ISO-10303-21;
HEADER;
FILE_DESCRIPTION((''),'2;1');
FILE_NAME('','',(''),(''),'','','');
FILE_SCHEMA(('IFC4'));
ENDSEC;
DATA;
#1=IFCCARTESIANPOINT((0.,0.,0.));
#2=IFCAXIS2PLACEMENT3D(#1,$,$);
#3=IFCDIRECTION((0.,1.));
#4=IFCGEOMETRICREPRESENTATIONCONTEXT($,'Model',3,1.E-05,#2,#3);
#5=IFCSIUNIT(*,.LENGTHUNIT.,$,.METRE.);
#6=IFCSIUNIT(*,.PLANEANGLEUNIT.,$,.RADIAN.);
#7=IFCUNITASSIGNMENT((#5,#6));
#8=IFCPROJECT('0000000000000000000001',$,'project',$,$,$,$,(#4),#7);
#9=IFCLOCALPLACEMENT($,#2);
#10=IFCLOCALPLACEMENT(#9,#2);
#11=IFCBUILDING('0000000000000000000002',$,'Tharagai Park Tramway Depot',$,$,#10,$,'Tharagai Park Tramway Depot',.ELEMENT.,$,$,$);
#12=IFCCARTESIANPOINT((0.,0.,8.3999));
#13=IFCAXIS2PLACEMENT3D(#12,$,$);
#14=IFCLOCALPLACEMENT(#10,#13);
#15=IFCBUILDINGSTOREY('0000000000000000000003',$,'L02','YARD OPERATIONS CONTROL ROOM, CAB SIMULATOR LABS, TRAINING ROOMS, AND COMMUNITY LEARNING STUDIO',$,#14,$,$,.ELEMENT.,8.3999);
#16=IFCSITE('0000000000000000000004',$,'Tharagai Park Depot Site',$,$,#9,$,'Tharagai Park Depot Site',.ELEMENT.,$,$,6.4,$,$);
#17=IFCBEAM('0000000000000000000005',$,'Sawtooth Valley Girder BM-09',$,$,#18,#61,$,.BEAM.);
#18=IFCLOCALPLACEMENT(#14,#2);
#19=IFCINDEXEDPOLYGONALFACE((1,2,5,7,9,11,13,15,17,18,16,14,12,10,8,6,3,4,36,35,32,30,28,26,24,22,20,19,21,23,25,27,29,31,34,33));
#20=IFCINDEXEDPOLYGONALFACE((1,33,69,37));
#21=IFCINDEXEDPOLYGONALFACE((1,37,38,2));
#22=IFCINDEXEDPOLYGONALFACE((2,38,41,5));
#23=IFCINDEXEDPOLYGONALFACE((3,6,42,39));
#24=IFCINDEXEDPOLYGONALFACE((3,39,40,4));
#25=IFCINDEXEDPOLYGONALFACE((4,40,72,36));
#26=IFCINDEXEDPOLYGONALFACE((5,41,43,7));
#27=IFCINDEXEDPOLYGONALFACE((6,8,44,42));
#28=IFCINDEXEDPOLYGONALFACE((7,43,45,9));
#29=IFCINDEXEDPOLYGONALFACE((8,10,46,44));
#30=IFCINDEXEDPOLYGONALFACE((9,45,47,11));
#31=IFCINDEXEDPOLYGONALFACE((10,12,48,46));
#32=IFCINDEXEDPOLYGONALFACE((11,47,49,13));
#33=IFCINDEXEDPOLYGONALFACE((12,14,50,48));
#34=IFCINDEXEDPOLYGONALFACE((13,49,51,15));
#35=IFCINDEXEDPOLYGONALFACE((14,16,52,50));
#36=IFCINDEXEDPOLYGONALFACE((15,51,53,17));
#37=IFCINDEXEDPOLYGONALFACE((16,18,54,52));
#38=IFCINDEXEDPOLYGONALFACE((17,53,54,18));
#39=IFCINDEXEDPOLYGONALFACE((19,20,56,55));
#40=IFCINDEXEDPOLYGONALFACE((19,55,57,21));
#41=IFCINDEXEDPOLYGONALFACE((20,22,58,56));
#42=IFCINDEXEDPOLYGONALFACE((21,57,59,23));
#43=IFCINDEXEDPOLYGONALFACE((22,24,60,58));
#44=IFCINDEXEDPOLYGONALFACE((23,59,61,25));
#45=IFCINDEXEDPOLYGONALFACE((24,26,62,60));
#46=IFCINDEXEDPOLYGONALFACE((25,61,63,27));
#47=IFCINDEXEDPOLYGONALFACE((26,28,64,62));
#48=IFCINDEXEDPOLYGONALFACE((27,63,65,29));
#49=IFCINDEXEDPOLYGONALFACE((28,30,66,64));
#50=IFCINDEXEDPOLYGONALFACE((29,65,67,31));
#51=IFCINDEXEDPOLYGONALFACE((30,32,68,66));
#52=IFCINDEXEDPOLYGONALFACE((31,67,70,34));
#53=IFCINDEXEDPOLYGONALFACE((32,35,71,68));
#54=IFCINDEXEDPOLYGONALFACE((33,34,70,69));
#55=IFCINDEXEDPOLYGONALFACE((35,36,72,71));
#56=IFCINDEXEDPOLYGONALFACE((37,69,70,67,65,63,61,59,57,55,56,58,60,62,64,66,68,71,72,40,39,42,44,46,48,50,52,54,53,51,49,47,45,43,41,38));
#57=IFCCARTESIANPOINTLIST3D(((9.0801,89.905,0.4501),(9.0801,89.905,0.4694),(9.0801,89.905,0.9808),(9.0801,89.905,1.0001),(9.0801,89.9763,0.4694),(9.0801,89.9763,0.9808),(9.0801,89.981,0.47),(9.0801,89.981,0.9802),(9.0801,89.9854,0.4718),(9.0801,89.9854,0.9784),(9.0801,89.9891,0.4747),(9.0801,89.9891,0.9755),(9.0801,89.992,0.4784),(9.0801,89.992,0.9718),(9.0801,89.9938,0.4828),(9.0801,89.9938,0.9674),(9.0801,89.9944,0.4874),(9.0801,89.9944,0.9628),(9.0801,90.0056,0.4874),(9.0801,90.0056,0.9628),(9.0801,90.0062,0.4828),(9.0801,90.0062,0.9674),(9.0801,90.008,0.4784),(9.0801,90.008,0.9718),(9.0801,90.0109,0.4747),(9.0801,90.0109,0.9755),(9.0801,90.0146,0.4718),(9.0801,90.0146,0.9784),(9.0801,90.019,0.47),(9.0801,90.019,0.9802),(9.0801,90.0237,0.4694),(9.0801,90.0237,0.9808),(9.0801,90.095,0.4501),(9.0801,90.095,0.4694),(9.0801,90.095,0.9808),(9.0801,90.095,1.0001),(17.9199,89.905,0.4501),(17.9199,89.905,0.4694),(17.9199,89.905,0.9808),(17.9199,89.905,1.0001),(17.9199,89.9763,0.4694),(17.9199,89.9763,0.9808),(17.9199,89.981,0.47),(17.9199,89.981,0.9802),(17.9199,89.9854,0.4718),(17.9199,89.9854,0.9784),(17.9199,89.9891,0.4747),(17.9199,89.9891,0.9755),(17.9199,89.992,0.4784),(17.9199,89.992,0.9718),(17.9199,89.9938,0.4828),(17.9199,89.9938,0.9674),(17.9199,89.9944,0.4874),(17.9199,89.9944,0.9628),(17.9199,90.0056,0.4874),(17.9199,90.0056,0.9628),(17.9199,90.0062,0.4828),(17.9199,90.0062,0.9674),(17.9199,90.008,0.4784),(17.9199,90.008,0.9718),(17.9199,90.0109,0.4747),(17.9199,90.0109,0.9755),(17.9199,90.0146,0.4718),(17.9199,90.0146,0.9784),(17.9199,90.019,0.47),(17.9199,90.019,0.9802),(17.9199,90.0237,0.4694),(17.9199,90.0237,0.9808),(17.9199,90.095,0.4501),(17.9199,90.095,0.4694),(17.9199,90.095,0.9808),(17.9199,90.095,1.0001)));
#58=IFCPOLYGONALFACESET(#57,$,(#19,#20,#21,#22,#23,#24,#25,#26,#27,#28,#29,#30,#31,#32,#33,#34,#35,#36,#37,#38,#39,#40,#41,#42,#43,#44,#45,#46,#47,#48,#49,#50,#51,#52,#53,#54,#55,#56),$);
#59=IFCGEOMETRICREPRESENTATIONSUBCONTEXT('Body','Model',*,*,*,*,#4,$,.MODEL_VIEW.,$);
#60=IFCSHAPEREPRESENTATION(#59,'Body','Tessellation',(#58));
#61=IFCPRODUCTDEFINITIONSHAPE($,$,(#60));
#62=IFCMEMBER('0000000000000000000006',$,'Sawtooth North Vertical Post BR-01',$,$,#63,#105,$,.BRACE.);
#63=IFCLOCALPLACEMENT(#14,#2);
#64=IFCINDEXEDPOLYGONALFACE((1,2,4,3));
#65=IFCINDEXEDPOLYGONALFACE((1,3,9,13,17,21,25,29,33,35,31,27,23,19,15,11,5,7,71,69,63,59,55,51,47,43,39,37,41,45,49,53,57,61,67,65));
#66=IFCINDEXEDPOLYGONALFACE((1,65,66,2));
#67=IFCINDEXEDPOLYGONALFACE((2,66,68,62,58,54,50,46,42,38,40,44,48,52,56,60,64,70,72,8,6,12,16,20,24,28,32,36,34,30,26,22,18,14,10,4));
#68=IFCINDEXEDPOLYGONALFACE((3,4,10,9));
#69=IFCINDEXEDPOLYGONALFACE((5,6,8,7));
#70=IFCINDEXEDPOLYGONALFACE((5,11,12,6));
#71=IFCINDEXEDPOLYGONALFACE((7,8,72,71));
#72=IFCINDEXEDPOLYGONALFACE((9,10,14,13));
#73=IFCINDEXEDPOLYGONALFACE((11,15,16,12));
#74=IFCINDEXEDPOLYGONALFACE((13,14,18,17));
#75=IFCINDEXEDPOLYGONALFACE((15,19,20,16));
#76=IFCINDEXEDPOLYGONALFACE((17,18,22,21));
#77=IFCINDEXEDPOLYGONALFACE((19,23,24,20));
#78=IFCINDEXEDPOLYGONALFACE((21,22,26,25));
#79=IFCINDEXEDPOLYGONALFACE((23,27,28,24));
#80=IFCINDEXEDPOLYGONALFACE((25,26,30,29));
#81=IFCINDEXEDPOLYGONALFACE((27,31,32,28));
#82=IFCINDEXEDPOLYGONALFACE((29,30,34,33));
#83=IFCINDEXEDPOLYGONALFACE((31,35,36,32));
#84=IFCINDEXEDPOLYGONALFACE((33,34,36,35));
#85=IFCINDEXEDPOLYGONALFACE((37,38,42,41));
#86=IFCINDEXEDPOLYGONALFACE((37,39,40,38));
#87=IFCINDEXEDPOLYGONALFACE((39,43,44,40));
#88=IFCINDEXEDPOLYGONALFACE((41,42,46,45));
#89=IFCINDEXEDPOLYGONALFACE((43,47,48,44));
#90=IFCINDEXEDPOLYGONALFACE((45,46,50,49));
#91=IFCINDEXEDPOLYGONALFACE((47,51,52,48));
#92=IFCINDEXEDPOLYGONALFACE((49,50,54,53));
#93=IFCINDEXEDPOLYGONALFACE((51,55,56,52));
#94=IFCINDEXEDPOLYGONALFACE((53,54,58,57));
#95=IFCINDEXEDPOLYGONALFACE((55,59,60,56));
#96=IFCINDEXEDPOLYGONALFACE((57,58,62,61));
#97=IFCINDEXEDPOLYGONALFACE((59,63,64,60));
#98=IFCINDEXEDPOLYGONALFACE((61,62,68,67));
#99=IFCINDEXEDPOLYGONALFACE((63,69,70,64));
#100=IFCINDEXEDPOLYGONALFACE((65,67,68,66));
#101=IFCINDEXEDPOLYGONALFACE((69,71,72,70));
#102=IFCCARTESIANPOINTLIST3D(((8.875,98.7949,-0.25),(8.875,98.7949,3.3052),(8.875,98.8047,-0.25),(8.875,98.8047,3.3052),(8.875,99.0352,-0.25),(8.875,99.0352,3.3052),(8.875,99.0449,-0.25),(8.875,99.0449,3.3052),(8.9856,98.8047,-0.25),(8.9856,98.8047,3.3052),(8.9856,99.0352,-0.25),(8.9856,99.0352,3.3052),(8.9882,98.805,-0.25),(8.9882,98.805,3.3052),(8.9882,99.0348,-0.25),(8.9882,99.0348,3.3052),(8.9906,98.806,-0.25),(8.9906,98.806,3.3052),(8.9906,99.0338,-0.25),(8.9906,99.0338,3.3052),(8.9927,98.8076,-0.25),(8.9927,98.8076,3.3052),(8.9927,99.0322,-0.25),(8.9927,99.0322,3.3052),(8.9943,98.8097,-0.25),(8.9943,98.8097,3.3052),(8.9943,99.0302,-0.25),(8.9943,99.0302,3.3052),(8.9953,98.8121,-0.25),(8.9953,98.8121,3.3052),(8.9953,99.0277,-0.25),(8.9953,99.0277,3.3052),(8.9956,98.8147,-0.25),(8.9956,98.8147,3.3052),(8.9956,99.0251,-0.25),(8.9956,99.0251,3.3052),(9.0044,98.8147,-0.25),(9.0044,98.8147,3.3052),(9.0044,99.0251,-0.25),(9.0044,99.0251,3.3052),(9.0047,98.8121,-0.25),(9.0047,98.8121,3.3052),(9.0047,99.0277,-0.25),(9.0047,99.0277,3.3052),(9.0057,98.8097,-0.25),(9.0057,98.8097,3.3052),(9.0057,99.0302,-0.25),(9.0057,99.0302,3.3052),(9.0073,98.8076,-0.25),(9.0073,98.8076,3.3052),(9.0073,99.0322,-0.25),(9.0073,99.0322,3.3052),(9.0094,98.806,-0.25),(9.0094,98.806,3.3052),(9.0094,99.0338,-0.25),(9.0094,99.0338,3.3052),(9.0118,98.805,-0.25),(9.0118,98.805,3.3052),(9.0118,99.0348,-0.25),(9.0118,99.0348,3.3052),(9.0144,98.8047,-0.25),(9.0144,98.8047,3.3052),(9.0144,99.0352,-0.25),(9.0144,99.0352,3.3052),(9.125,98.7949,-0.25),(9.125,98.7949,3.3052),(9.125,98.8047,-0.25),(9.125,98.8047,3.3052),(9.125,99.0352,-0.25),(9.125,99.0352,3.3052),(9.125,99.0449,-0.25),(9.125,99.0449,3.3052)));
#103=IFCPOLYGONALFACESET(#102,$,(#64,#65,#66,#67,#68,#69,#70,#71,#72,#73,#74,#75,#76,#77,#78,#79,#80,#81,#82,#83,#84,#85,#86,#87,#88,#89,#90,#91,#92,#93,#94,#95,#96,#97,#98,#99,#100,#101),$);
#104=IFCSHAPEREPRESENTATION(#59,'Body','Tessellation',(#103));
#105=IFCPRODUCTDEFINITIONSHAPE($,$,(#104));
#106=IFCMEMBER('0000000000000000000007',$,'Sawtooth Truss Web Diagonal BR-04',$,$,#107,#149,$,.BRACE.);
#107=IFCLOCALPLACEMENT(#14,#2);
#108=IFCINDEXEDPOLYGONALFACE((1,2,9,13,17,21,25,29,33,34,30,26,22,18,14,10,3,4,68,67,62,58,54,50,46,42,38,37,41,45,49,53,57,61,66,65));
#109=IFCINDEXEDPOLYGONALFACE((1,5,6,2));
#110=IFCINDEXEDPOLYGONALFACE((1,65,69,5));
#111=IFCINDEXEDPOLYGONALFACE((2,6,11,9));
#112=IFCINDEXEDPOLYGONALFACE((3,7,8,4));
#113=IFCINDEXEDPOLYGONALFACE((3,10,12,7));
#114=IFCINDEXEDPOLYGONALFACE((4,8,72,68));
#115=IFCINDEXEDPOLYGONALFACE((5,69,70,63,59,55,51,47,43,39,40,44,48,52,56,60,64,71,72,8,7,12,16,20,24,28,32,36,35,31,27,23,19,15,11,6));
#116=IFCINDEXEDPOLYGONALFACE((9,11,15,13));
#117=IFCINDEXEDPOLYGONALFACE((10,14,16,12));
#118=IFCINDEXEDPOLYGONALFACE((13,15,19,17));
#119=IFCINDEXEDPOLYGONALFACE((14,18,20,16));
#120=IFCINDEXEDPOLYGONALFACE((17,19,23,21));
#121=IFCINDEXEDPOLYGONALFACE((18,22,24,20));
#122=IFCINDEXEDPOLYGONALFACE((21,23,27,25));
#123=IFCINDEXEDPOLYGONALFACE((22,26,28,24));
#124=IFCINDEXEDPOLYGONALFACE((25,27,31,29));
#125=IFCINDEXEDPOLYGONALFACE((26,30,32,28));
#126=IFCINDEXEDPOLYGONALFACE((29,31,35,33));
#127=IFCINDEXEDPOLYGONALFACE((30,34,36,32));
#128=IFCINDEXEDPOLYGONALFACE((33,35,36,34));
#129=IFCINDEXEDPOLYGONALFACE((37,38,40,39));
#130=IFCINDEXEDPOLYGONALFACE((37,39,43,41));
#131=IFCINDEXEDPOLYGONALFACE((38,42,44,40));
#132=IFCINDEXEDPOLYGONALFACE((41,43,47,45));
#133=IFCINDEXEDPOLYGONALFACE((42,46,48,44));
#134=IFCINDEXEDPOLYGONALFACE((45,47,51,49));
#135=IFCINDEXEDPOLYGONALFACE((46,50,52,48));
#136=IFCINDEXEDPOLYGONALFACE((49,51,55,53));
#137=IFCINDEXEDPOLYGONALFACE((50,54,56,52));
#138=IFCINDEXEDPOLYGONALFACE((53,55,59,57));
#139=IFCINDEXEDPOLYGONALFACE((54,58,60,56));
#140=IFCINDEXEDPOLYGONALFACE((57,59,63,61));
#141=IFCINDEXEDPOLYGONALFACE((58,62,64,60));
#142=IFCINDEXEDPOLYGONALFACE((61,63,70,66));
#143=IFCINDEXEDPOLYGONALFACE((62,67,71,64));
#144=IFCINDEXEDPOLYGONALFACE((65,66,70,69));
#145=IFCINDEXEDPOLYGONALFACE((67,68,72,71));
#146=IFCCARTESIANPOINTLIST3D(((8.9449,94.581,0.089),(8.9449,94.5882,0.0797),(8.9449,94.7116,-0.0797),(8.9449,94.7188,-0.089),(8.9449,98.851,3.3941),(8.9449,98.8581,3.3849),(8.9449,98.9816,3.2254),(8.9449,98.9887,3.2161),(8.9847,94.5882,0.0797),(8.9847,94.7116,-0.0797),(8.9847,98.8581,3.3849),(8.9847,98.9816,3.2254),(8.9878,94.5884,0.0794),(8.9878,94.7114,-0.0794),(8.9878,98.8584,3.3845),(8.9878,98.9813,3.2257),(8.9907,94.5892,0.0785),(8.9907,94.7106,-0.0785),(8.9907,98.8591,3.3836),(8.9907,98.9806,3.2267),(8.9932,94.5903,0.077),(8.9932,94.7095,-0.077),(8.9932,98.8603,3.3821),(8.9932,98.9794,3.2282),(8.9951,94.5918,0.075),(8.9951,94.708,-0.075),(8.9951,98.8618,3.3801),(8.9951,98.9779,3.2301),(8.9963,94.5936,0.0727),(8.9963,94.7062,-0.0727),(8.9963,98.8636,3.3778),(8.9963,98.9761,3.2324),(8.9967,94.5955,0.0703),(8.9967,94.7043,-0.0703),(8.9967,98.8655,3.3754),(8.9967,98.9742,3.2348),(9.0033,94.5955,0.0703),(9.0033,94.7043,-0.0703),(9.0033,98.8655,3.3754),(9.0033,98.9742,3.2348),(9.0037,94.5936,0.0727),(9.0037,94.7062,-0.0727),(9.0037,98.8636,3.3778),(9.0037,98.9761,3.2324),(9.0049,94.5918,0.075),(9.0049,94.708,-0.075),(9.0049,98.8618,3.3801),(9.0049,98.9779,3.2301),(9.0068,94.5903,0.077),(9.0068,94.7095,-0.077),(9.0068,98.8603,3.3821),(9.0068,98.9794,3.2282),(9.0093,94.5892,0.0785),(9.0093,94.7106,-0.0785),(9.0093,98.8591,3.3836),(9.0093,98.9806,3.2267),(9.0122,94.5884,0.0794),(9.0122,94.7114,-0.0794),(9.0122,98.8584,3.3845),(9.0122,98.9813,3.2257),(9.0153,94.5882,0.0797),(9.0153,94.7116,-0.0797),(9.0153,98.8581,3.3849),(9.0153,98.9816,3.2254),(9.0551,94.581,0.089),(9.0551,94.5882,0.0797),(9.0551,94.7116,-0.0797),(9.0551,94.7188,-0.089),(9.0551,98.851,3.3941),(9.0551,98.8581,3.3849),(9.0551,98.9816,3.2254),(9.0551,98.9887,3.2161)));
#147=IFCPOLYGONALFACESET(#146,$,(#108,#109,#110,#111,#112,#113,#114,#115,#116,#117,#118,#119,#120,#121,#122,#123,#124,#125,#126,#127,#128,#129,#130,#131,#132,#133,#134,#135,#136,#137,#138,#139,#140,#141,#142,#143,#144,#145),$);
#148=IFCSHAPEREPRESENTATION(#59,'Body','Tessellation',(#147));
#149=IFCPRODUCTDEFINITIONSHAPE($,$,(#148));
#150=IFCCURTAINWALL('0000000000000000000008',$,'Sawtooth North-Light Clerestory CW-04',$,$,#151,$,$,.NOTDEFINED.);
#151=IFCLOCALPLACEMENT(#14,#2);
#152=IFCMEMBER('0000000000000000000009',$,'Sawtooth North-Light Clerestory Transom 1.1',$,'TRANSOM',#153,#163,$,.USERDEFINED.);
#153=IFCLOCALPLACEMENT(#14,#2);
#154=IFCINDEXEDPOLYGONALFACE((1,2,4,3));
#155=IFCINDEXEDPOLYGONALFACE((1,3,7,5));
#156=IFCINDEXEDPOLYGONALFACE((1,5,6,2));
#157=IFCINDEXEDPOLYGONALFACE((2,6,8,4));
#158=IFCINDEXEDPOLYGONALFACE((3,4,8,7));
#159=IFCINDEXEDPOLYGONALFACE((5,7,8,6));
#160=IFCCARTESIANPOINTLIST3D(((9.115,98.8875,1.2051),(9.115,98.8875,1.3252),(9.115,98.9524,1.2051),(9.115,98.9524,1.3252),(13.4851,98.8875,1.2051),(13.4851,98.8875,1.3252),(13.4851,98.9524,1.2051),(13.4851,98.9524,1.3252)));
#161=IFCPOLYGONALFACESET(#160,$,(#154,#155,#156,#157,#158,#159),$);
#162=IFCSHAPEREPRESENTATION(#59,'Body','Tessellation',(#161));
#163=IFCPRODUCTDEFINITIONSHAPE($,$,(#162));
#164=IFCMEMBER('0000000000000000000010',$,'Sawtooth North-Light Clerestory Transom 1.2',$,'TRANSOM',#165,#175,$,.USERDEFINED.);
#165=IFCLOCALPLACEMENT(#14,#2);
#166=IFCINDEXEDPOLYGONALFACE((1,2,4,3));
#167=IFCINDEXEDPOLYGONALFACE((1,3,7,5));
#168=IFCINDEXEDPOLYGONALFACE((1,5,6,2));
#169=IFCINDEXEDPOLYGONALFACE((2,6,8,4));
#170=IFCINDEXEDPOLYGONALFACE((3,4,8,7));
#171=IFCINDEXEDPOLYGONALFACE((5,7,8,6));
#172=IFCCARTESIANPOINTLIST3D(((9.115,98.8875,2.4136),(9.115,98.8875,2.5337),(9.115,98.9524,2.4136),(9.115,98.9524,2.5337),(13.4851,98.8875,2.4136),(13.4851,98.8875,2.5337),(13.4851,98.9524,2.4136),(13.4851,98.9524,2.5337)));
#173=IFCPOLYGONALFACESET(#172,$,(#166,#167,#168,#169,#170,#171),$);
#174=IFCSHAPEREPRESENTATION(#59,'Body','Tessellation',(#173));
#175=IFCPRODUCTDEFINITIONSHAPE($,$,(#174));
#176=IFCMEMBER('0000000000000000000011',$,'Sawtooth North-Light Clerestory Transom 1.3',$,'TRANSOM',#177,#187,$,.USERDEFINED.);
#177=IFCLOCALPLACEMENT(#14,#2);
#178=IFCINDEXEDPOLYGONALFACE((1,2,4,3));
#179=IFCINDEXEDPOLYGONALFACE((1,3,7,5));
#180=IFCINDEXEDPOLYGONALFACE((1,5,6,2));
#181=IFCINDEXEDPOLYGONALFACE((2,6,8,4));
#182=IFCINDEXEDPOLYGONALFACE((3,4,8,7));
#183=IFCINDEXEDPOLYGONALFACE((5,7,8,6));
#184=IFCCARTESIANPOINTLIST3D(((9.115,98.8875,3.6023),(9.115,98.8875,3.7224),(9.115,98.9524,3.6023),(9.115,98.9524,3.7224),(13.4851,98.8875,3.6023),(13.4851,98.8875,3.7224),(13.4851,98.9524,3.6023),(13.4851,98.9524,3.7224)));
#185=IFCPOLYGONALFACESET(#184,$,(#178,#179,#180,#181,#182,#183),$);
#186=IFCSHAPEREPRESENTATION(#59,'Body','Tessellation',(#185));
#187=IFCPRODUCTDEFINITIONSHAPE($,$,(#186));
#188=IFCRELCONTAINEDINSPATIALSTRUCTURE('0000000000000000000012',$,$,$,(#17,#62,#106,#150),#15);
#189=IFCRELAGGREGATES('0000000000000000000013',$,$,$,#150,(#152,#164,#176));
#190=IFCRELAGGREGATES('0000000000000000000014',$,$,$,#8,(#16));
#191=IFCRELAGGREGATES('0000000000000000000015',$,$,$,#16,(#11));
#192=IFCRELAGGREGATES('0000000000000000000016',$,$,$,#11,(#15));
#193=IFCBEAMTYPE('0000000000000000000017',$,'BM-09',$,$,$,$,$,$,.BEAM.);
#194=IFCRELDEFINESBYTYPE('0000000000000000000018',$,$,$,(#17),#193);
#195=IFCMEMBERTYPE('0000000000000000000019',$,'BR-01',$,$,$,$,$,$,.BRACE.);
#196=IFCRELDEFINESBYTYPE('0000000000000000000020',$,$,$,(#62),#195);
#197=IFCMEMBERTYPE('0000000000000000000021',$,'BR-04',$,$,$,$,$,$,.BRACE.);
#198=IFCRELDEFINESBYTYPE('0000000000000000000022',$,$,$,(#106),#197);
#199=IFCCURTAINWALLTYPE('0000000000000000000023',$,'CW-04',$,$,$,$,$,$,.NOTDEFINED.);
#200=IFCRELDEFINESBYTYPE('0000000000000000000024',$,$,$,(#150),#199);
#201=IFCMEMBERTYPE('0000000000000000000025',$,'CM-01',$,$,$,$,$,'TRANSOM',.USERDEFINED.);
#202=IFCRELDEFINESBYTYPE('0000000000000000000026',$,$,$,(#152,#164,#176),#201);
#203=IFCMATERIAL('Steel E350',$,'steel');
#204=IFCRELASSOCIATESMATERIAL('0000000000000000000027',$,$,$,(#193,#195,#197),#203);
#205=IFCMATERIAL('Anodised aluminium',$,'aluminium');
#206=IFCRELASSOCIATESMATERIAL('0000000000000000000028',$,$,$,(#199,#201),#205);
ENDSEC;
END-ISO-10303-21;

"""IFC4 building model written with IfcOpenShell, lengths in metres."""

from ifc_helpers import new_model, si_unit, direction, frame, origin, origin_2d, place, context, subcontext, project, spatial, rectangle, i_section, extrude, material, material_profile, profile_set, type_object, element, aggregate, save


model = new_model("IFC4")

# Units and contexts
model_context = context("Model", 3, precision=1e-05, world=origin(), true_north=direction((0.0, 1.0)))
body_context = subcontext(model_context, "Body", "Model", "MODEL_VIEW")
ifc_project = project(units=[si_unit("LENGTHUNIT", "METRE"), si_unit("PLANEANGLEUNIT", "RADIAN")], contexts=[model_context])

# Site, building, storey
site_placement = place(None, origin())
site = spatial("IfcSite", under=ifc_project, at=site_placement, Name="Tharagai Park Depot Site", LongName="Tharagai Park Depot Site", CompositionType="ELEMENT", RefElevation=6.4)
building_placement = place(site_placement, origin())
building = spatial("IfcBuilding", under=site, at=building_placement, Name="Tharagai Park Tramway Depot", LongName="Tharagai Park Tramway Depot", CompositionType="ELEMENT")
storey_placement = place(building_placement, frame((0.0, 0.0, 8.3999)))
storey = spatial("IfcBuildingStorey", under=building, at=storey_placement, Name="L02", Description="YARD OPERATIONS CONTROL ROOM, CAB SIMULATOR LABS, TRAINING ROOMS, AND COMMUNITY LEARNING STUDIO", CompositionType="ELEMENT", Elevation=8.3999)

# Shared definitions
ifc_material_1 = material(Name="Steel E350", Category="steel")

# Beam
ifc_material_profile_1 = material_profile(ifc_material_1, i_section(OverallWidth=0.1899, OverallDepth=0.55, WebThickness=0.0112, FlangeThickness=0.0193, FilletRadius=0.0181, at=origin_2d()), Name="ISMB 550")
ifc_profile_set_1 = profile_set([ifc_material_profile_1], Name="Steel E350")
beam_type_1 = type_object("IfcBeamType", Name="BM-09", PredefinedType="BEAM", material=ifc_profile_set_1)
beam_1_placement = place(storey_placement, frame((9.0801, 90.0, 0.7251), z_axis=(1.0, 0.0, 0.0), x_axis=(0.0, 1.0, 0.0)))
element("IfcBeam", 1, at=beam_1_placement, inside=storey, type_object=beam_type_1, Name="Sawtooth Valley Girder BM-09", PredefinedType="BEAM", context=body_context, shape_type="SweptSolid", body=[
    extrude(i_section(OverallWidth=0.1899, OverallDepth=0.55, WebThickness=0.0112, FlangeThickness=0.0193, FilletRadius=0.0181, at=origin_2d()), origin(), (0.0, 0.0, 1.0), 8.8398),
])

# Members
ifc_material_profile_2 = material_profile(ifc_material_1, i_section(OverallWidth=0.25, OverallDepth=0.25, WebThickness=0.0088, FlangeThickness=0.0098, FilletRadius=0.01, at=origin_2d()), Name="ISHB 250")
ifc_profile_set_2 = profile_set([ifc_material_profile_2], Name="Steel E350")
member_type_1 = type_object("IfcMemberType", Name="BR-01", PredefinedType="BRACE", material=ifc_profile_set_2)
member_1_placement = place(storey_placement, frame((9.0, 98.9199, -0.25), z_axis=(0.0, 0.0, 1.0), x_axis=(1.0, 0.0, 0.0)))
element("IfcMember", 2, at=member_1_placement, inside=storey, type_object=member_type_1, Name="Sawtooth North Vertical Post BR-01", PredefinedType="BRACE", context=body_context, shape_type="SweptSolid", body=[
    extrude(i_section(OverallWidth=0.25, OverallDepth=0.25, WebThickness=0.0088, FlangeThickness=0.0098, FilletRadius=0.01, at=origin_2d()), origin(), (0.0, 0.0, 1.0), 3.5552),
])
ifc_material_profile_3 = material_profile(ifc_material_1, i_section(OverallWidth=0.1101, OverallDepth=0.2251, WebThickness=0.0066, FlangeThickness=0.0117, FilletRadius=0.012, at=origin_2d()), Name="ISMB 225")
ifc_profile_set_3 = profile_set([ifc_material_profile_3], Name="Steel E350")
member_type_2 = type_object("IfcMemberType", Name="BR-04", PredefinedType="BRACE", material=ifc_profile_set_3)
member_2_placement = place(storey_placement, frame((9.0, 94.6499, 0.0), z_axis=(0.0, 0.790782, 0.612098), x_axis=(-1.0, 0.0, 0.0)))
element("IfcMember", 3, at=member_2_placement, inside=storey, type_object=member_type_2, Name="Sawtooth Truss Web Diagonal BR-04", PredefinedType="BRACE", context=body_context, shape_type="SweptSolid", body=[
    extrude(i_section(OverallWidth=0.1101, OverallDepth=0.2251, WebThickness=0.0066, FlangeThickness=0.0117, FilletRadius=0.012, at=origin_2d()), origin(), (0.0, 0.0, 1.0), 5.3997),
])

# Curtain wall, members
ifc_material_2 = material(Name="Anodised aluminium", Category="aluminium")
curtain_wall_type = type_object("IfcCurtainWallType", Name="CW-04", PredefinedType="NOTDEFINED", material=ifc_material_2)
curtain_wall_1_placement = place(storey_placement, origin())
curtain_wall_1 = element("IfcCurtainWall", 4, at=curtain_wall_1_placement, inside=storey, type_object=curtain_wall_type, Name="Sawtooth North-Light Clerestory CW-04", PredefinedType="NOTDEFINED")
ifc_material_profile_4 = material_profile(ifc_material_2, rectangle(XDim=0.0649, YDim=0.1201, at=origin_2d()), Name="ALU 65x120")
ifc_profile_set_4 = profile_set([ifc_material_profile_4], Name="Anodised aluminium")
member_type_3 = type_object("IfcMemberType", Name="CM-01", ElementType="TRANSOM", PredefinedType="USERDEFINED", material=ifc_profile_set_4)
member_3_placement = place(storey_placement, frame((9.115, 98.9199, 1.2651), z_axis=(1.0, 0.0, 0.0), x_axis=(0.0, 1.0, 0.0)))
member_3 = element("IfcMember", 5, at=member_3_placement, type_object=member_type_3, Name="Sawtooth North-Light Clerestory Transom 1.1", ObjectType="TRANSOM", PredefinedType="USERDEFINED", context=body_context, shape_type="SweptSolid", body=[
    extrude(rectangle(XDim=0.0649, YDim=0.1201, at=origin_2d()), origin(), (0.0, 0.0, 1.0), 4.3701),
])
member_4_placement = place(storey_placement, frame((9.115, 98.9199, 2.4736), z_axis=(1.0, 0.0, 0.0), x_axis=(0.0, 1.0, 0.0)))
member_4 = element("IfcMember", 6, at=member_4_placement, type_object=member_type_3, Name="Sawtooth North-Light Clerestory Transom 1.2", ObjectType="TRANSOM", PredefinedType="USERDEFINED", context=body_context, shape_type="SweptSolid", body=[
    extrude(rectangle(XDim=0.0649, YDim=0.1201, at=origin_2d()), origin(), (0.0, 0.0, 1.0), 4.3701),
])
member_5_placement = place(storey_placement, frame((9.115, 98.9199, 3.6624), z_axis=(1.0, 0.0, 0.0), x_axis=(0.0, 1.0, 0.0)))
member_5 = element("IfcMember", 7, at=member_5_placement, type_object=member_type_3, Name="Sawtooth North-Light Clerestory Transom 1.3", ObjectType="TRANSOM", PredefinedType="USERDEFINED", context=body_context, shape_type="SweptSolid", body=[
    extrude(rectangle(XDim=0.0649, YDim=0.1201, at=origin_2d()), origin(), (0.0, 0.0, 1.0), 4.3701),
])

aggregate(curtain_wall_1, [member_3, member_4, member_5])

save(model, "model.ifc")
